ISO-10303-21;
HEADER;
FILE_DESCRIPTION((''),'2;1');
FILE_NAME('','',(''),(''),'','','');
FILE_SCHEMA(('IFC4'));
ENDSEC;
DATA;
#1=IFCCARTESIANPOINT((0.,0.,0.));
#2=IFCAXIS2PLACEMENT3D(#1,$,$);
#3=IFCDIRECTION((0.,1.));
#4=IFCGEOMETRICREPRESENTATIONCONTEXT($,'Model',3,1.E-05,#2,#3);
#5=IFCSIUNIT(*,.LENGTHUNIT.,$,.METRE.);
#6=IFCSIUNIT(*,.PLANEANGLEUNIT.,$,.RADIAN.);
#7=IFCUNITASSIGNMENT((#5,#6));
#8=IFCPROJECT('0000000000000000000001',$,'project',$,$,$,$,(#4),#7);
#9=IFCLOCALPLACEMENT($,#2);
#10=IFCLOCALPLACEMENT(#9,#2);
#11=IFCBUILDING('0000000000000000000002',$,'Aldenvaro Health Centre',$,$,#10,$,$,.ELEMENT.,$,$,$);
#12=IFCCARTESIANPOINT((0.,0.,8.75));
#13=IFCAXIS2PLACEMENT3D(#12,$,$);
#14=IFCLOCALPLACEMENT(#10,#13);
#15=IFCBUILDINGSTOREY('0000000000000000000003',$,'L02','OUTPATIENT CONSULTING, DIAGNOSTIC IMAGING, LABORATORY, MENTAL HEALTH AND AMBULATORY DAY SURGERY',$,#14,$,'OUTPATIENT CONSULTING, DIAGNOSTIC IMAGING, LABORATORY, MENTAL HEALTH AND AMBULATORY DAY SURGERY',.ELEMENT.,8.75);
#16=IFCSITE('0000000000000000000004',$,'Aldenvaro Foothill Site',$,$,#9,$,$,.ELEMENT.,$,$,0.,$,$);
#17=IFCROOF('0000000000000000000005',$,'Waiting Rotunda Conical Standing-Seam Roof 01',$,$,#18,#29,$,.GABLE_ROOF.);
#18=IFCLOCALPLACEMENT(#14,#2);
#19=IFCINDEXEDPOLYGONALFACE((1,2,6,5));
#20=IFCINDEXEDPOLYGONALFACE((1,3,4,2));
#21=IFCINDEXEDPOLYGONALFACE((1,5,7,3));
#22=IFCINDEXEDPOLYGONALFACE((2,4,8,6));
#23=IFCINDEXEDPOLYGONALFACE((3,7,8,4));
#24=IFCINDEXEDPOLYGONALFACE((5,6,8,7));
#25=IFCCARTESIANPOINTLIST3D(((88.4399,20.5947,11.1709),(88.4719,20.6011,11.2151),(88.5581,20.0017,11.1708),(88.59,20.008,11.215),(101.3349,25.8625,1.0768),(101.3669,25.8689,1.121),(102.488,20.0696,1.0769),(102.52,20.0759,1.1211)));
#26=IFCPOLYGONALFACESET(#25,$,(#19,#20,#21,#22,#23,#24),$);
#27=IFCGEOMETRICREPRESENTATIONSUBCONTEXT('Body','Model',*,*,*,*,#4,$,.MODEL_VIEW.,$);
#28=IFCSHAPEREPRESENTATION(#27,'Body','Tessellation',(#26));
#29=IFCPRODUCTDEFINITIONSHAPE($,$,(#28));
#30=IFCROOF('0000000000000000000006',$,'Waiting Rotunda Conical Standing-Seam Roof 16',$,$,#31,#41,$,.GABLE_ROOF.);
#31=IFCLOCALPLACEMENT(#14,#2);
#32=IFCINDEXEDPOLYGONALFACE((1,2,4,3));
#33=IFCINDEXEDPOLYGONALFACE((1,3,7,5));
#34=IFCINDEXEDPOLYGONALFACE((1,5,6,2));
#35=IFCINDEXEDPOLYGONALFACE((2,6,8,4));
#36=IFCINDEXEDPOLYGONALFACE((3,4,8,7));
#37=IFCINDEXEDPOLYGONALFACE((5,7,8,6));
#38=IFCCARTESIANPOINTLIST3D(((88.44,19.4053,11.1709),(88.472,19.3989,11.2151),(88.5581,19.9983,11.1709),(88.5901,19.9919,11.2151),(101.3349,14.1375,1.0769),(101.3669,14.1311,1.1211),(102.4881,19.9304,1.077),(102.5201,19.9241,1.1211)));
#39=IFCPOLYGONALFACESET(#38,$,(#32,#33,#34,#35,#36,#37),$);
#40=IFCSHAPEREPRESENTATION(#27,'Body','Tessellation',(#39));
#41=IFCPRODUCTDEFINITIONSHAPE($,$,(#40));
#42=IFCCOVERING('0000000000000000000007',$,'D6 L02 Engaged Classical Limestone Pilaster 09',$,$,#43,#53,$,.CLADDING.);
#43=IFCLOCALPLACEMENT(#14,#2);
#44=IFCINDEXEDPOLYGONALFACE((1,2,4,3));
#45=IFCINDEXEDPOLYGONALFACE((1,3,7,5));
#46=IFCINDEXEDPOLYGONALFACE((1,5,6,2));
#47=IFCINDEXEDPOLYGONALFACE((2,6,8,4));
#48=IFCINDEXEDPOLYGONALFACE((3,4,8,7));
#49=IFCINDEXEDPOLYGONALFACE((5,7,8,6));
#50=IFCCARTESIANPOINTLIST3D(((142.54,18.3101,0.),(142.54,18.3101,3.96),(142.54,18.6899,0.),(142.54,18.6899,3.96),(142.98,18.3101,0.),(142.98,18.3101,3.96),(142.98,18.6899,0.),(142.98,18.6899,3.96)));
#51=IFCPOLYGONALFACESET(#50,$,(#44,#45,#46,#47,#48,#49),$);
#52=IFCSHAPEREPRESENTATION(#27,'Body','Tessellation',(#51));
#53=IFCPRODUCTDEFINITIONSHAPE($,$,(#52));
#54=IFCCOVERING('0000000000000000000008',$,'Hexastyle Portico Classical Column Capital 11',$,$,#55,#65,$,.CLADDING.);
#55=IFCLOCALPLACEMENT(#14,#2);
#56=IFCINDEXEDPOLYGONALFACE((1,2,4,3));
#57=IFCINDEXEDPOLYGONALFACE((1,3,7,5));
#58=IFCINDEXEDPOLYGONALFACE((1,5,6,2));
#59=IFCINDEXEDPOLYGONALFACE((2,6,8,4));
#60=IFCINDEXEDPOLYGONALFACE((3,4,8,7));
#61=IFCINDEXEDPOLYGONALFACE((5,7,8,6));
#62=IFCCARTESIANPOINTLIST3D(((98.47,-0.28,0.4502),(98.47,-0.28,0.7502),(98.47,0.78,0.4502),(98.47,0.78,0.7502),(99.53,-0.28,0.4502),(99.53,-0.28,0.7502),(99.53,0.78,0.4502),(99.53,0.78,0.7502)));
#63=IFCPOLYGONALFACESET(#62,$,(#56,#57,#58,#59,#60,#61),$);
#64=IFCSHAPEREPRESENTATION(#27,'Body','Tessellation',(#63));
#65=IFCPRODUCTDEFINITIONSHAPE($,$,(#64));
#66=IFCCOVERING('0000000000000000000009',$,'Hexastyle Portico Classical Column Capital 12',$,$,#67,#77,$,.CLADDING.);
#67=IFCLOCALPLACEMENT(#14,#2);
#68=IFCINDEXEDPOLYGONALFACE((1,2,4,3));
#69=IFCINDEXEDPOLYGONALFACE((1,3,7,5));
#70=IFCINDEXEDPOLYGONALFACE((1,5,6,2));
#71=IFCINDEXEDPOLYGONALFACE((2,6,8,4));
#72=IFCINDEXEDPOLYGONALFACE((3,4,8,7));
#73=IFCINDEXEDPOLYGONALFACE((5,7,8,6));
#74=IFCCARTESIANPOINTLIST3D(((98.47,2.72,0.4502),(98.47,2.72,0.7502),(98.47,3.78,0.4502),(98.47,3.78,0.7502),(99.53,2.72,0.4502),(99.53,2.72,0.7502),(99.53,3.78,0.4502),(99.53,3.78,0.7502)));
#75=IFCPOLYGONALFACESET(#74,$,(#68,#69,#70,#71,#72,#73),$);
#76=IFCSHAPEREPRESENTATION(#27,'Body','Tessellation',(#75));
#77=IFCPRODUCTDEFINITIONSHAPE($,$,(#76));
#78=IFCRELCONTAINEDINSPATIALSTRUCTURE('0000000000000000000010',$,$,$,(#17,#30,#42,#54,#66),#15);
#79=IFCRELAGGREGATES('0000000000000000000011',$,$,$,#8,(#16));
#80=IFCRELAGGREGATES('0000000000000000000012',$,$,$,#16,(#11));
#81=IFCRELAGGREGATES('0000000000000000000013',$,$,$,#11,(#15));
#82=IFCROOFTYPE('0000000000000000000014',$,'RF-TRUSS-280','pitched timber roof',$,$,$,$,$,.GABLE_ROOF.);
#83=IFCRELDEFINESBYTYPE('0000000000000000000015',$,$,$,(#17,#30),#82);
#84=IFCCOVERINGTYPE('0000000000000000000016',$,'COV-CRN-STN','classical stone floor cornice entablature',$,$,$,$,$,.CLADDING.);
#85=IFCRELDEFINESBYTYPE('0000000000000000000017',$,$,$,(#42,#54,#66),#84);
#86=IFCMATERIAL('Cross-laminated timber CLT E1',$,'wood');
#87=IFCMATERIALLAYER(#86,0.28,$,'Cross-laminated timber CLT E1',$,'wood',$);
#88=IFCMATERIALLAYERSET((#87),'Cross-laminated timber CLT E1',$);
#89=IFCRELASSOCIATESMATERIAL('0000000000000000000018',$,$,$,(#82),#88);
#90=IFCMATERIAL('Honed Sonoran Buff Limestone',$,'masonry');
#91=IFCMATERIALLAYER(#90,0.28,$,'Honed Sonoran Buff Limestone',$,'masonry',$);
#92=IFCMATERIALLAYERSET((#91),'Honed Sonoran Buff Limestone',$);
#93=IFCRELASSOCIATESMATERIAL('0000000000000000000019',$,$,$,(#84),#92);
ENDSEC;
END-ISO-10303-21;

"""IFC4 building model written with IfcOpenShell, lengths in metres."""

from ifc_helpers import new_model, si_unit, direction, frame, origin, origin_2d, place, context, subcontext, project, spatial, polyline, rectangle, outline, extrude, material, layer, layer_set, type_object, element, save


model = new_model("IFC4")

# Units and contexts
model_context = context("Model", 3, precision=1e-05, world=origin(), true_north=direction((0.0, 1.0)))
body_context = subcontext(model_context, "Body", "Model", "MODEL_VIEW")
ifc_project = project(units=[si_unit("LENGTHUNIT", "METRE"), si_unit("PLANEANGLEUNIT", "RADIAN")], contexts=[model_context])

# Site, building, storey
site_placement = place(None, origin())
site = spatial("IfcSite", under=ifc_project, at=site_placement, Name="Aldenvaro Foothill Site", CompositionType="ELEMENT", RefElevation=0.0)
building_placement = place(site_placement, origin())
building = spatial("IfcBuilding", under=site, at=building_placement, Name="Aldenvaro Health Centre", CompositionType="ELEMENT")
storey_placement = place(building_placement, frame((0.0, 0.0, 8.75)))
storey = spatial("IfcBuildingStorey", under=building, at=storey_placement, Name="L02", Description="OUTPATIENT CONSULTING, DIAGNOSTIC IMAGING, LABORATORY, MENTAL HEALTH AND AMBULATORY DAY SURGERY", LongName="OUTPATIENT CONSULTING, DIAGNOSTIC IMAGING, LABORATORY, MENTAL HEALTH AND AMBULATORY DAY SURGERY", CompositionType="ELEMENT", Elevation=8.75)

# Shared definitions
ifc_material_1 = material(Name="Cross-laminated timber CLT E1", Category="wood")

# Roofs
ifc_layer_1 = layer(ifc_material_1, 0.28, Name="Cross-laminated timber CLT E1", Category="wood")
ifc_layer_set_1 = layer_set([ifc_layer_1], Name="Cross-laminated timber CLT E1")
roof_type = type_object("IfcRoofType", Name="RF-TRUSS-280", Description="pitched timber roof", PredefinedType="GABLE_ROOF", material=ifc_layer_set_1)
roof_1_placement = place(storey_placement, frame((102.52, 20.0759, 1.1211), z_axis=(0.582438, 0.115944, 0.804564), x_axis=(-0.195224, 0.980759, -0.000009)))
element("IfcRoof", 1, at=roof_1_placement, inside=storey, type_object=roof_type, Name="Waiting Rotunda Conical Standing-Seam Roof 01", PredefinedType="GABLE_ROOF", context=body_context, shape_type="SweptSolid", body=[
    extrude(outline(polyline([(0.0, 0.0), (5.9066, 0.0), (3.2575, 16.9971), (2.6528, 16.997), (0.0, 0.0)])), origin(), (0.0, 0.0, -1.0), 0.0549),
])
roof_2_placement = place(storey_placement, frame((101.3669, 14.1311, 1.1211), z_axis=(0.582438, -0.115944, 0.804564), x_axis=(0.195224, 0.980759, 0.000009)))
element("IfcRoof", 2, at=roof_2_placement, inside=storey, type_object=roof_type, Name="Waiting Rotunda Conical Standing-Seam Roof 16", PredefinedType="GABLE_ROOF", context=body_context, shape_type="SweptSolid", body=[
    extrude(outline(polyline([(0.0, 0.0), (5.9066, 0.0), (3.2538, 16.997), (2.6491, 16.9971), (0.0, 0.0)])), origin(), (0.0, 0.0, -1.0), 0.0549),
])

# Coverings
ifc_material_2 = material(Name="Honed Sonoran Buff Limestone", Category="masonry")
ifc_layer_2 = layer(ifc_material_2, 0.28, Name="Honed Sonoran Buff Limestone", Category="masonry")
ifc_layer_set_2 = layer_set([ifc_layer_2], Name="Honed Sonoran Buff Limestone")
covering_type = type_object("IfcCoveringType", Name="COV-CRN-STN", Description="classical stone floor cornice entablature", PredefinedType="CLADDING", material=ifc_layer_set_2)
covering_placement = place(storey_placement, frame((142.76, 18.5, 0.0), z_axis=(0.0, 0.0, 1.0), x_axis=(-1.0, 0.0, 0.0)))
element("IfcCovering", 3, at=covering_placement, inside=storey, type_object=covering_type, Name="D6 L02 Engaged Classical Limestone Pilaster 09", PredefinedType="CLADDING", context=body_context, shape_type="SweptSolid", body=[
    extrude(rectangle(XDim=0.4399, YDim=0.3799, at=origin_2d()), origin(), (0.0, 0.0, 1.0), 3.96),
])
for number, where, z_axis, x_axis, name in (
    (4, (99.0, 0.25, 0.4502), (0.0, 0.0, 1.0), (1.0, 0.0, 0.0), "Hexastyle Portico Classical Column Capital 11"),
    (5, (99.0, 3.25, 0.4502), (0.0, 0.0, 1.0), (1.0, 0.0, 0.0), "Hexastyle Portico Classical Column Capital 12"),
):
    element("IfcCovering", number, at=place(storey_placement, frame(where, z_axis=z_axis, x_axis=x_axis)), inside=storey, type_object=covering_type, Name=name, PredefinedType="CLADDING", context=body_context, shape_type="SweptSolid", body=[
        extrude(rectangle(XDim=1.0601, YDim=1.0601, at=origin_2d()), origin(), (0.0, 0.0, 1.0), 0.3),
    ])

save(model, "model.ifc")
